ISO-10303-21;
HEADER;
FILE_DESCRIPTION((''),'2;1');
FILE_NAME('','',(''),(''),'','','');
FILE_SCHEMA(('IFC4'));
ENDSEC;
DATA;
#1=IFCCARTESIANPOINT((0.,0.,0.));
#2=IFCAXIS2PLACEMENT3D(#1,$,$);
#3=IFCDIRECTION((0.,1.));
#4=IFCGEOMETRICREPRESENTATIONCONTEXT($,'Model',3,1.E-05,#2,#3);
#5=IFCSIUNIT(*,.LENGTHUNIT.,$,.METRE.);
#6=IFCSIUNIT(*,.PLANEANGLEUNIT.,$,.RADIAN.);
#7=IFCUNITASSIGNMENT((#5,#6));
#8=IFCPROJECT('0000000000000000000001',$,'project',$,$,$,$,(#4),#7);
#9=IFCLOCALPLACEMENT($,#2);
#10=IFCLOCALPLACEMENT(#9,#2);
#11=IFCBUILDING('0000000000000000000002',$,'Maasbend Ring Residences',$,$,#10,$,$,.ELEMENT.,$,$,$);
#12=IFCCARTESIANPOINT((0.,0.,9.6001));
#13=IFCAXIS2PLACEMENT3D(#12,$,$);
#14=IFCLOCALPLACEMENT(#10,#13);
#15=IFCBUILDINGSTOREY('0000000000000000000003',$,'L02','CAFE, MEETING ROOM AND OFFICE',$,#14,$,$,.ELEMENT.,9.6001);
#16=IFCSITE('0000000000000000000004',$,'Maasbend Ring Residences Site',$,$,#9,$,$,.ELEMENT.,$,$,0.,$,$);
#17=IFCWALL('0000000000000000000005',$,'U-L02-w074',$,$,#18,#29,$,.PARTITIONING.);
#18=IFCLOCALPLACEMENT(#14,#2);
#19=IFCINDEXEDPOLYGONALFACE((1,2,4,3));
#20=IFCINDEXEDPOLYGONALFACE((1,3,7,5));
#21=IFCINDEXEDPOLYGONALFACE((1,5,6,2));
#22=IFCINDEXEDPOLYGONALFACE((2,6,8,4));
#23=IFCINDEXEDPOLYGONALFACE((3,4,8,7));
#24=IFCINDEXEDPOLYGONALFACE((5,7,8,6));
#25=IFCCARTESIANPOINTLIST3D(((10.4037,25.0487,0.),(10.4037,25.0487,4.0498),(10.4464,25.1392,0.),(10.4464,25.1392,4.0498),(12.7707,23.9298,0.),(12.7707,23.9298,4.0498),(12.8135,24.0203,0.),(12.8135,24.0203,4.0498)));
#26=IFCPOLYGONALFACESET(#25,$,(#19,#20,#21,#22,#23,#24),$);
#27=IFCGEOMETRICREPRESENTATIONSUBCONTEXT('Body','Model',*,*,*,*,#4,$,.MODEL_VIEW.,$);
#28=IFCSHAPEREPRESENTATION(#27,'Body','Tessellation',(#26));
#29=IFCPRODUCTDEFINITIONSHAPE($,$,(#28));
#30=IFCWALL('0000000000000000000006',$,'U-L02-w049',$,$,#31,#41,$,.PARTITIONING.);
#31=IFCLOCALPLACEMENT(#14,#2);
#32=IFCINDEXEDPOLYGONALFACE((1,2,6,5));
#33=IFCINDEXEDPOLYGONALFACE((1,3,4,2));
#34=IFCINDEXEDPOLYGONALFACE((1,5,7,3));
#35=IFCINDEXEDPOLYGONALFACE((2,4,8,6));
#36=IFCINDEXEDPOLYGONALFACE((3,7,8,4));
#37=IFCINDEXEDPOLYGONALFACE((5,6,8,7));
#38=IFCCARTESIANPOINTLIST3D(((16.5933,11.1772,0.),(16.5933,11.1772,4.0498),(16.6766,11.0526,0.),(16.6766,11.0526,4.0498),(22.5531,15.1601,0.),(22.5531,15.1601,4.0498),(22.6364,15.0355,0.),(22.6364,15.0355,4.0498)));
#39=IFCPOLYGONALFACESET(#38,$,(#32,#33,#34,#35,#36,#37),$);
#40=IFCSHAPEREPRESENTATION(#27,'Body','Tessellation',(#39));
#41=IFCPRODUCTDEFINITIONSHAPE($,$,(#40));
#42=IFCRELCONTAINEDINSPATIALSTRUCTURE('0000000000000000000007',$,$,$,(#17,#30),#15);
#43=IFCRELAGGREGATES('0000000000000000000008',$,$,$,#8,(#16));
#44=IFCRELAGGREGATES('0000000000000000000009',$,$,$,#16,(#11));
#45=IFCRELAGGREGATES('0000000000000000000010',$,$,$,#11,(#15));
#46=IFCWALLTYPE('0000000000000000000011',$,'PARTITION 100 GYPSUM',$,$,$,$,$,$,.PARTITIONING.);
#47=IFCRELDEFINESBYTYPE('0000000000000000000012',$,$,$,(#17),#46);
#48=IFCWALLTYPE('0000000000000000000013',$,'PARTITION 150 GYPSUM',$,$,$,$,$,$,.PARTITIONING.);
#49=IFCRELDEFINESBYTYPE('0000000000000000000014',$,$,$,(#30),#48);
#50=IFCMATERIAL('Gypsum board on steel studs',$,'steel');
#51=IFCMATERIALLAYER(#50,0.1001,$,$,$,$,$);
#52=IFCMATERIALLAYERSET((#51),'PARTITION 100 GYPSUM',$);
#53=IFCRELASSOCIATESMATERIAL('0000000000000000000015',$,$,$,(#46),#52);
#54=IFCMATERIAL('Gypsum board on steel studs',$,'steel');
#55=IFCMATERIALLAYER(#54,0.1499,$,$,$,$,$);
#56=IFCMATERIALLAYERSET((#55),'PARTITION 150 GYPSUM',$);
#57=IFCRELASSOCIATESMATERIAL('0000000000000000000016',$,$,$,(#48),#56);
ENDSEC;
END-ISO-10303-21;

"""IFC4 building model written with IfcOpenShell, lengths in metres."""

from ifc_helpers import new_model, si_unit, direction, frame, frame_2d, origin, place, context, subcontext, project, spatial, rectangle, extrude, material, layer, layer_set, type_object, element, save


model = new_model("IFC4")

# Units and contexts
model_context = context("Model", 3, precision=1e-05, world=origin(), true_north=direction((0.0, 1.0)))
body_context = subcontext(model_context, "Body", "Model", "MODEL_VIEW")
ifc_project = project(units=[si_unit("LENGTHUNIT", "METRE"), si_unit("PLANEANGLEUNIT", "RADIAN")], contexts=[model_context])

# Site, building, storey
site_placement = place(None, origin())
site = spatial("IfcSite", under=ifc_project, at=site_placement, Name="Maasbend Ring Residences Site", CompositionType="ELEMENT", RefElevation=0.0)
building_placement = place(site_placement, origin())
building = spatial("IfcBuilding", under=site, at=building_placement, Name="Maasbend Ring Residences", CompositionType="ELEMENT")
storey_placement = place(building_placement, frame((0.0, 0.0, 9.6001)))
storey = spatial("IfcBuildingStorey", under=building, at=storey_placement, Name="L02", Description="CAFE, MEETING ROOM AND OFFICE", CompositionType="ELEMENT", Elevation=9.6001)

# Walls
ifc_material_1 = material(Name="Gypsum board on steel studs", Category="steel")
ifc_layer_1 = layer(ifc_material_1, 0.1001)
ifc_layer_set_1 = layer_set([ifc_layer_1], Name="PARTITION 100 GYPSUM")
wall_type_1 = type_object("IfcWallType", Name="PARTITION 100 GYPSUM", PredefinedType="PARTITIONING", material=ifc_layer_set_1)
wall_1_placement = place(storey_placement, frame((10.425, 25.094, 0.0), z_axis=(0.0, 0.0, 1.0), x_axis=(0.904076, -0.427373, 0.0)))
element("IfcWall", 1, at=wall_1_placement, inside=storey, type_object=wall_type_1, Name="U-L02-w074", PredefinedType="PARTITIONING", context=body_context, shape_type="SweptSolid", body=[
    extrude(rectangle(XDim=2.6182, YDim=0.1001, at=frame_2d((1.3091, 0.0))), origin(), (0.0, 0.0, 1.0), 4.0498),
])
ifc_material_2 = material(Name="Gypsum board on steel studs", Category="steel")
ifc_layer_2 = layer(ifc_material_2, 0.1499)
ifc_layer_set_2 = layer_set([ifc_layer_2], Name="PARTITION 150 GYPSUM")
wall_type_2 = type_object("IfcWallType", Name="PARTITION 150 GYPSUM", PredefinedType="PARTITIONING", material=ifc_layer_set_2)
wall_2_placement = place(storey_placement, frame((16.635, 11.115, 0.0), z_axis=(0.0, 0.0, 1.0), x_axis=(0.831431, 0.555627, 0.0)))
element("IfcWall", 2, at=wall_2_placement, inside=storey, type_object=wall_type_2, Name="U-L02-w049", PredefinedType="PARTITIONING", context=body_context, shape_type="SweptSolid", body=[
    extrude(rectangle(XDim=7.1682, YDim=0.1499, at=frame_2d((3.584, 0.0))), origin(), (0.0, 0.0, 1.0), 4.0498),
])

save(model, "model.ifc")
